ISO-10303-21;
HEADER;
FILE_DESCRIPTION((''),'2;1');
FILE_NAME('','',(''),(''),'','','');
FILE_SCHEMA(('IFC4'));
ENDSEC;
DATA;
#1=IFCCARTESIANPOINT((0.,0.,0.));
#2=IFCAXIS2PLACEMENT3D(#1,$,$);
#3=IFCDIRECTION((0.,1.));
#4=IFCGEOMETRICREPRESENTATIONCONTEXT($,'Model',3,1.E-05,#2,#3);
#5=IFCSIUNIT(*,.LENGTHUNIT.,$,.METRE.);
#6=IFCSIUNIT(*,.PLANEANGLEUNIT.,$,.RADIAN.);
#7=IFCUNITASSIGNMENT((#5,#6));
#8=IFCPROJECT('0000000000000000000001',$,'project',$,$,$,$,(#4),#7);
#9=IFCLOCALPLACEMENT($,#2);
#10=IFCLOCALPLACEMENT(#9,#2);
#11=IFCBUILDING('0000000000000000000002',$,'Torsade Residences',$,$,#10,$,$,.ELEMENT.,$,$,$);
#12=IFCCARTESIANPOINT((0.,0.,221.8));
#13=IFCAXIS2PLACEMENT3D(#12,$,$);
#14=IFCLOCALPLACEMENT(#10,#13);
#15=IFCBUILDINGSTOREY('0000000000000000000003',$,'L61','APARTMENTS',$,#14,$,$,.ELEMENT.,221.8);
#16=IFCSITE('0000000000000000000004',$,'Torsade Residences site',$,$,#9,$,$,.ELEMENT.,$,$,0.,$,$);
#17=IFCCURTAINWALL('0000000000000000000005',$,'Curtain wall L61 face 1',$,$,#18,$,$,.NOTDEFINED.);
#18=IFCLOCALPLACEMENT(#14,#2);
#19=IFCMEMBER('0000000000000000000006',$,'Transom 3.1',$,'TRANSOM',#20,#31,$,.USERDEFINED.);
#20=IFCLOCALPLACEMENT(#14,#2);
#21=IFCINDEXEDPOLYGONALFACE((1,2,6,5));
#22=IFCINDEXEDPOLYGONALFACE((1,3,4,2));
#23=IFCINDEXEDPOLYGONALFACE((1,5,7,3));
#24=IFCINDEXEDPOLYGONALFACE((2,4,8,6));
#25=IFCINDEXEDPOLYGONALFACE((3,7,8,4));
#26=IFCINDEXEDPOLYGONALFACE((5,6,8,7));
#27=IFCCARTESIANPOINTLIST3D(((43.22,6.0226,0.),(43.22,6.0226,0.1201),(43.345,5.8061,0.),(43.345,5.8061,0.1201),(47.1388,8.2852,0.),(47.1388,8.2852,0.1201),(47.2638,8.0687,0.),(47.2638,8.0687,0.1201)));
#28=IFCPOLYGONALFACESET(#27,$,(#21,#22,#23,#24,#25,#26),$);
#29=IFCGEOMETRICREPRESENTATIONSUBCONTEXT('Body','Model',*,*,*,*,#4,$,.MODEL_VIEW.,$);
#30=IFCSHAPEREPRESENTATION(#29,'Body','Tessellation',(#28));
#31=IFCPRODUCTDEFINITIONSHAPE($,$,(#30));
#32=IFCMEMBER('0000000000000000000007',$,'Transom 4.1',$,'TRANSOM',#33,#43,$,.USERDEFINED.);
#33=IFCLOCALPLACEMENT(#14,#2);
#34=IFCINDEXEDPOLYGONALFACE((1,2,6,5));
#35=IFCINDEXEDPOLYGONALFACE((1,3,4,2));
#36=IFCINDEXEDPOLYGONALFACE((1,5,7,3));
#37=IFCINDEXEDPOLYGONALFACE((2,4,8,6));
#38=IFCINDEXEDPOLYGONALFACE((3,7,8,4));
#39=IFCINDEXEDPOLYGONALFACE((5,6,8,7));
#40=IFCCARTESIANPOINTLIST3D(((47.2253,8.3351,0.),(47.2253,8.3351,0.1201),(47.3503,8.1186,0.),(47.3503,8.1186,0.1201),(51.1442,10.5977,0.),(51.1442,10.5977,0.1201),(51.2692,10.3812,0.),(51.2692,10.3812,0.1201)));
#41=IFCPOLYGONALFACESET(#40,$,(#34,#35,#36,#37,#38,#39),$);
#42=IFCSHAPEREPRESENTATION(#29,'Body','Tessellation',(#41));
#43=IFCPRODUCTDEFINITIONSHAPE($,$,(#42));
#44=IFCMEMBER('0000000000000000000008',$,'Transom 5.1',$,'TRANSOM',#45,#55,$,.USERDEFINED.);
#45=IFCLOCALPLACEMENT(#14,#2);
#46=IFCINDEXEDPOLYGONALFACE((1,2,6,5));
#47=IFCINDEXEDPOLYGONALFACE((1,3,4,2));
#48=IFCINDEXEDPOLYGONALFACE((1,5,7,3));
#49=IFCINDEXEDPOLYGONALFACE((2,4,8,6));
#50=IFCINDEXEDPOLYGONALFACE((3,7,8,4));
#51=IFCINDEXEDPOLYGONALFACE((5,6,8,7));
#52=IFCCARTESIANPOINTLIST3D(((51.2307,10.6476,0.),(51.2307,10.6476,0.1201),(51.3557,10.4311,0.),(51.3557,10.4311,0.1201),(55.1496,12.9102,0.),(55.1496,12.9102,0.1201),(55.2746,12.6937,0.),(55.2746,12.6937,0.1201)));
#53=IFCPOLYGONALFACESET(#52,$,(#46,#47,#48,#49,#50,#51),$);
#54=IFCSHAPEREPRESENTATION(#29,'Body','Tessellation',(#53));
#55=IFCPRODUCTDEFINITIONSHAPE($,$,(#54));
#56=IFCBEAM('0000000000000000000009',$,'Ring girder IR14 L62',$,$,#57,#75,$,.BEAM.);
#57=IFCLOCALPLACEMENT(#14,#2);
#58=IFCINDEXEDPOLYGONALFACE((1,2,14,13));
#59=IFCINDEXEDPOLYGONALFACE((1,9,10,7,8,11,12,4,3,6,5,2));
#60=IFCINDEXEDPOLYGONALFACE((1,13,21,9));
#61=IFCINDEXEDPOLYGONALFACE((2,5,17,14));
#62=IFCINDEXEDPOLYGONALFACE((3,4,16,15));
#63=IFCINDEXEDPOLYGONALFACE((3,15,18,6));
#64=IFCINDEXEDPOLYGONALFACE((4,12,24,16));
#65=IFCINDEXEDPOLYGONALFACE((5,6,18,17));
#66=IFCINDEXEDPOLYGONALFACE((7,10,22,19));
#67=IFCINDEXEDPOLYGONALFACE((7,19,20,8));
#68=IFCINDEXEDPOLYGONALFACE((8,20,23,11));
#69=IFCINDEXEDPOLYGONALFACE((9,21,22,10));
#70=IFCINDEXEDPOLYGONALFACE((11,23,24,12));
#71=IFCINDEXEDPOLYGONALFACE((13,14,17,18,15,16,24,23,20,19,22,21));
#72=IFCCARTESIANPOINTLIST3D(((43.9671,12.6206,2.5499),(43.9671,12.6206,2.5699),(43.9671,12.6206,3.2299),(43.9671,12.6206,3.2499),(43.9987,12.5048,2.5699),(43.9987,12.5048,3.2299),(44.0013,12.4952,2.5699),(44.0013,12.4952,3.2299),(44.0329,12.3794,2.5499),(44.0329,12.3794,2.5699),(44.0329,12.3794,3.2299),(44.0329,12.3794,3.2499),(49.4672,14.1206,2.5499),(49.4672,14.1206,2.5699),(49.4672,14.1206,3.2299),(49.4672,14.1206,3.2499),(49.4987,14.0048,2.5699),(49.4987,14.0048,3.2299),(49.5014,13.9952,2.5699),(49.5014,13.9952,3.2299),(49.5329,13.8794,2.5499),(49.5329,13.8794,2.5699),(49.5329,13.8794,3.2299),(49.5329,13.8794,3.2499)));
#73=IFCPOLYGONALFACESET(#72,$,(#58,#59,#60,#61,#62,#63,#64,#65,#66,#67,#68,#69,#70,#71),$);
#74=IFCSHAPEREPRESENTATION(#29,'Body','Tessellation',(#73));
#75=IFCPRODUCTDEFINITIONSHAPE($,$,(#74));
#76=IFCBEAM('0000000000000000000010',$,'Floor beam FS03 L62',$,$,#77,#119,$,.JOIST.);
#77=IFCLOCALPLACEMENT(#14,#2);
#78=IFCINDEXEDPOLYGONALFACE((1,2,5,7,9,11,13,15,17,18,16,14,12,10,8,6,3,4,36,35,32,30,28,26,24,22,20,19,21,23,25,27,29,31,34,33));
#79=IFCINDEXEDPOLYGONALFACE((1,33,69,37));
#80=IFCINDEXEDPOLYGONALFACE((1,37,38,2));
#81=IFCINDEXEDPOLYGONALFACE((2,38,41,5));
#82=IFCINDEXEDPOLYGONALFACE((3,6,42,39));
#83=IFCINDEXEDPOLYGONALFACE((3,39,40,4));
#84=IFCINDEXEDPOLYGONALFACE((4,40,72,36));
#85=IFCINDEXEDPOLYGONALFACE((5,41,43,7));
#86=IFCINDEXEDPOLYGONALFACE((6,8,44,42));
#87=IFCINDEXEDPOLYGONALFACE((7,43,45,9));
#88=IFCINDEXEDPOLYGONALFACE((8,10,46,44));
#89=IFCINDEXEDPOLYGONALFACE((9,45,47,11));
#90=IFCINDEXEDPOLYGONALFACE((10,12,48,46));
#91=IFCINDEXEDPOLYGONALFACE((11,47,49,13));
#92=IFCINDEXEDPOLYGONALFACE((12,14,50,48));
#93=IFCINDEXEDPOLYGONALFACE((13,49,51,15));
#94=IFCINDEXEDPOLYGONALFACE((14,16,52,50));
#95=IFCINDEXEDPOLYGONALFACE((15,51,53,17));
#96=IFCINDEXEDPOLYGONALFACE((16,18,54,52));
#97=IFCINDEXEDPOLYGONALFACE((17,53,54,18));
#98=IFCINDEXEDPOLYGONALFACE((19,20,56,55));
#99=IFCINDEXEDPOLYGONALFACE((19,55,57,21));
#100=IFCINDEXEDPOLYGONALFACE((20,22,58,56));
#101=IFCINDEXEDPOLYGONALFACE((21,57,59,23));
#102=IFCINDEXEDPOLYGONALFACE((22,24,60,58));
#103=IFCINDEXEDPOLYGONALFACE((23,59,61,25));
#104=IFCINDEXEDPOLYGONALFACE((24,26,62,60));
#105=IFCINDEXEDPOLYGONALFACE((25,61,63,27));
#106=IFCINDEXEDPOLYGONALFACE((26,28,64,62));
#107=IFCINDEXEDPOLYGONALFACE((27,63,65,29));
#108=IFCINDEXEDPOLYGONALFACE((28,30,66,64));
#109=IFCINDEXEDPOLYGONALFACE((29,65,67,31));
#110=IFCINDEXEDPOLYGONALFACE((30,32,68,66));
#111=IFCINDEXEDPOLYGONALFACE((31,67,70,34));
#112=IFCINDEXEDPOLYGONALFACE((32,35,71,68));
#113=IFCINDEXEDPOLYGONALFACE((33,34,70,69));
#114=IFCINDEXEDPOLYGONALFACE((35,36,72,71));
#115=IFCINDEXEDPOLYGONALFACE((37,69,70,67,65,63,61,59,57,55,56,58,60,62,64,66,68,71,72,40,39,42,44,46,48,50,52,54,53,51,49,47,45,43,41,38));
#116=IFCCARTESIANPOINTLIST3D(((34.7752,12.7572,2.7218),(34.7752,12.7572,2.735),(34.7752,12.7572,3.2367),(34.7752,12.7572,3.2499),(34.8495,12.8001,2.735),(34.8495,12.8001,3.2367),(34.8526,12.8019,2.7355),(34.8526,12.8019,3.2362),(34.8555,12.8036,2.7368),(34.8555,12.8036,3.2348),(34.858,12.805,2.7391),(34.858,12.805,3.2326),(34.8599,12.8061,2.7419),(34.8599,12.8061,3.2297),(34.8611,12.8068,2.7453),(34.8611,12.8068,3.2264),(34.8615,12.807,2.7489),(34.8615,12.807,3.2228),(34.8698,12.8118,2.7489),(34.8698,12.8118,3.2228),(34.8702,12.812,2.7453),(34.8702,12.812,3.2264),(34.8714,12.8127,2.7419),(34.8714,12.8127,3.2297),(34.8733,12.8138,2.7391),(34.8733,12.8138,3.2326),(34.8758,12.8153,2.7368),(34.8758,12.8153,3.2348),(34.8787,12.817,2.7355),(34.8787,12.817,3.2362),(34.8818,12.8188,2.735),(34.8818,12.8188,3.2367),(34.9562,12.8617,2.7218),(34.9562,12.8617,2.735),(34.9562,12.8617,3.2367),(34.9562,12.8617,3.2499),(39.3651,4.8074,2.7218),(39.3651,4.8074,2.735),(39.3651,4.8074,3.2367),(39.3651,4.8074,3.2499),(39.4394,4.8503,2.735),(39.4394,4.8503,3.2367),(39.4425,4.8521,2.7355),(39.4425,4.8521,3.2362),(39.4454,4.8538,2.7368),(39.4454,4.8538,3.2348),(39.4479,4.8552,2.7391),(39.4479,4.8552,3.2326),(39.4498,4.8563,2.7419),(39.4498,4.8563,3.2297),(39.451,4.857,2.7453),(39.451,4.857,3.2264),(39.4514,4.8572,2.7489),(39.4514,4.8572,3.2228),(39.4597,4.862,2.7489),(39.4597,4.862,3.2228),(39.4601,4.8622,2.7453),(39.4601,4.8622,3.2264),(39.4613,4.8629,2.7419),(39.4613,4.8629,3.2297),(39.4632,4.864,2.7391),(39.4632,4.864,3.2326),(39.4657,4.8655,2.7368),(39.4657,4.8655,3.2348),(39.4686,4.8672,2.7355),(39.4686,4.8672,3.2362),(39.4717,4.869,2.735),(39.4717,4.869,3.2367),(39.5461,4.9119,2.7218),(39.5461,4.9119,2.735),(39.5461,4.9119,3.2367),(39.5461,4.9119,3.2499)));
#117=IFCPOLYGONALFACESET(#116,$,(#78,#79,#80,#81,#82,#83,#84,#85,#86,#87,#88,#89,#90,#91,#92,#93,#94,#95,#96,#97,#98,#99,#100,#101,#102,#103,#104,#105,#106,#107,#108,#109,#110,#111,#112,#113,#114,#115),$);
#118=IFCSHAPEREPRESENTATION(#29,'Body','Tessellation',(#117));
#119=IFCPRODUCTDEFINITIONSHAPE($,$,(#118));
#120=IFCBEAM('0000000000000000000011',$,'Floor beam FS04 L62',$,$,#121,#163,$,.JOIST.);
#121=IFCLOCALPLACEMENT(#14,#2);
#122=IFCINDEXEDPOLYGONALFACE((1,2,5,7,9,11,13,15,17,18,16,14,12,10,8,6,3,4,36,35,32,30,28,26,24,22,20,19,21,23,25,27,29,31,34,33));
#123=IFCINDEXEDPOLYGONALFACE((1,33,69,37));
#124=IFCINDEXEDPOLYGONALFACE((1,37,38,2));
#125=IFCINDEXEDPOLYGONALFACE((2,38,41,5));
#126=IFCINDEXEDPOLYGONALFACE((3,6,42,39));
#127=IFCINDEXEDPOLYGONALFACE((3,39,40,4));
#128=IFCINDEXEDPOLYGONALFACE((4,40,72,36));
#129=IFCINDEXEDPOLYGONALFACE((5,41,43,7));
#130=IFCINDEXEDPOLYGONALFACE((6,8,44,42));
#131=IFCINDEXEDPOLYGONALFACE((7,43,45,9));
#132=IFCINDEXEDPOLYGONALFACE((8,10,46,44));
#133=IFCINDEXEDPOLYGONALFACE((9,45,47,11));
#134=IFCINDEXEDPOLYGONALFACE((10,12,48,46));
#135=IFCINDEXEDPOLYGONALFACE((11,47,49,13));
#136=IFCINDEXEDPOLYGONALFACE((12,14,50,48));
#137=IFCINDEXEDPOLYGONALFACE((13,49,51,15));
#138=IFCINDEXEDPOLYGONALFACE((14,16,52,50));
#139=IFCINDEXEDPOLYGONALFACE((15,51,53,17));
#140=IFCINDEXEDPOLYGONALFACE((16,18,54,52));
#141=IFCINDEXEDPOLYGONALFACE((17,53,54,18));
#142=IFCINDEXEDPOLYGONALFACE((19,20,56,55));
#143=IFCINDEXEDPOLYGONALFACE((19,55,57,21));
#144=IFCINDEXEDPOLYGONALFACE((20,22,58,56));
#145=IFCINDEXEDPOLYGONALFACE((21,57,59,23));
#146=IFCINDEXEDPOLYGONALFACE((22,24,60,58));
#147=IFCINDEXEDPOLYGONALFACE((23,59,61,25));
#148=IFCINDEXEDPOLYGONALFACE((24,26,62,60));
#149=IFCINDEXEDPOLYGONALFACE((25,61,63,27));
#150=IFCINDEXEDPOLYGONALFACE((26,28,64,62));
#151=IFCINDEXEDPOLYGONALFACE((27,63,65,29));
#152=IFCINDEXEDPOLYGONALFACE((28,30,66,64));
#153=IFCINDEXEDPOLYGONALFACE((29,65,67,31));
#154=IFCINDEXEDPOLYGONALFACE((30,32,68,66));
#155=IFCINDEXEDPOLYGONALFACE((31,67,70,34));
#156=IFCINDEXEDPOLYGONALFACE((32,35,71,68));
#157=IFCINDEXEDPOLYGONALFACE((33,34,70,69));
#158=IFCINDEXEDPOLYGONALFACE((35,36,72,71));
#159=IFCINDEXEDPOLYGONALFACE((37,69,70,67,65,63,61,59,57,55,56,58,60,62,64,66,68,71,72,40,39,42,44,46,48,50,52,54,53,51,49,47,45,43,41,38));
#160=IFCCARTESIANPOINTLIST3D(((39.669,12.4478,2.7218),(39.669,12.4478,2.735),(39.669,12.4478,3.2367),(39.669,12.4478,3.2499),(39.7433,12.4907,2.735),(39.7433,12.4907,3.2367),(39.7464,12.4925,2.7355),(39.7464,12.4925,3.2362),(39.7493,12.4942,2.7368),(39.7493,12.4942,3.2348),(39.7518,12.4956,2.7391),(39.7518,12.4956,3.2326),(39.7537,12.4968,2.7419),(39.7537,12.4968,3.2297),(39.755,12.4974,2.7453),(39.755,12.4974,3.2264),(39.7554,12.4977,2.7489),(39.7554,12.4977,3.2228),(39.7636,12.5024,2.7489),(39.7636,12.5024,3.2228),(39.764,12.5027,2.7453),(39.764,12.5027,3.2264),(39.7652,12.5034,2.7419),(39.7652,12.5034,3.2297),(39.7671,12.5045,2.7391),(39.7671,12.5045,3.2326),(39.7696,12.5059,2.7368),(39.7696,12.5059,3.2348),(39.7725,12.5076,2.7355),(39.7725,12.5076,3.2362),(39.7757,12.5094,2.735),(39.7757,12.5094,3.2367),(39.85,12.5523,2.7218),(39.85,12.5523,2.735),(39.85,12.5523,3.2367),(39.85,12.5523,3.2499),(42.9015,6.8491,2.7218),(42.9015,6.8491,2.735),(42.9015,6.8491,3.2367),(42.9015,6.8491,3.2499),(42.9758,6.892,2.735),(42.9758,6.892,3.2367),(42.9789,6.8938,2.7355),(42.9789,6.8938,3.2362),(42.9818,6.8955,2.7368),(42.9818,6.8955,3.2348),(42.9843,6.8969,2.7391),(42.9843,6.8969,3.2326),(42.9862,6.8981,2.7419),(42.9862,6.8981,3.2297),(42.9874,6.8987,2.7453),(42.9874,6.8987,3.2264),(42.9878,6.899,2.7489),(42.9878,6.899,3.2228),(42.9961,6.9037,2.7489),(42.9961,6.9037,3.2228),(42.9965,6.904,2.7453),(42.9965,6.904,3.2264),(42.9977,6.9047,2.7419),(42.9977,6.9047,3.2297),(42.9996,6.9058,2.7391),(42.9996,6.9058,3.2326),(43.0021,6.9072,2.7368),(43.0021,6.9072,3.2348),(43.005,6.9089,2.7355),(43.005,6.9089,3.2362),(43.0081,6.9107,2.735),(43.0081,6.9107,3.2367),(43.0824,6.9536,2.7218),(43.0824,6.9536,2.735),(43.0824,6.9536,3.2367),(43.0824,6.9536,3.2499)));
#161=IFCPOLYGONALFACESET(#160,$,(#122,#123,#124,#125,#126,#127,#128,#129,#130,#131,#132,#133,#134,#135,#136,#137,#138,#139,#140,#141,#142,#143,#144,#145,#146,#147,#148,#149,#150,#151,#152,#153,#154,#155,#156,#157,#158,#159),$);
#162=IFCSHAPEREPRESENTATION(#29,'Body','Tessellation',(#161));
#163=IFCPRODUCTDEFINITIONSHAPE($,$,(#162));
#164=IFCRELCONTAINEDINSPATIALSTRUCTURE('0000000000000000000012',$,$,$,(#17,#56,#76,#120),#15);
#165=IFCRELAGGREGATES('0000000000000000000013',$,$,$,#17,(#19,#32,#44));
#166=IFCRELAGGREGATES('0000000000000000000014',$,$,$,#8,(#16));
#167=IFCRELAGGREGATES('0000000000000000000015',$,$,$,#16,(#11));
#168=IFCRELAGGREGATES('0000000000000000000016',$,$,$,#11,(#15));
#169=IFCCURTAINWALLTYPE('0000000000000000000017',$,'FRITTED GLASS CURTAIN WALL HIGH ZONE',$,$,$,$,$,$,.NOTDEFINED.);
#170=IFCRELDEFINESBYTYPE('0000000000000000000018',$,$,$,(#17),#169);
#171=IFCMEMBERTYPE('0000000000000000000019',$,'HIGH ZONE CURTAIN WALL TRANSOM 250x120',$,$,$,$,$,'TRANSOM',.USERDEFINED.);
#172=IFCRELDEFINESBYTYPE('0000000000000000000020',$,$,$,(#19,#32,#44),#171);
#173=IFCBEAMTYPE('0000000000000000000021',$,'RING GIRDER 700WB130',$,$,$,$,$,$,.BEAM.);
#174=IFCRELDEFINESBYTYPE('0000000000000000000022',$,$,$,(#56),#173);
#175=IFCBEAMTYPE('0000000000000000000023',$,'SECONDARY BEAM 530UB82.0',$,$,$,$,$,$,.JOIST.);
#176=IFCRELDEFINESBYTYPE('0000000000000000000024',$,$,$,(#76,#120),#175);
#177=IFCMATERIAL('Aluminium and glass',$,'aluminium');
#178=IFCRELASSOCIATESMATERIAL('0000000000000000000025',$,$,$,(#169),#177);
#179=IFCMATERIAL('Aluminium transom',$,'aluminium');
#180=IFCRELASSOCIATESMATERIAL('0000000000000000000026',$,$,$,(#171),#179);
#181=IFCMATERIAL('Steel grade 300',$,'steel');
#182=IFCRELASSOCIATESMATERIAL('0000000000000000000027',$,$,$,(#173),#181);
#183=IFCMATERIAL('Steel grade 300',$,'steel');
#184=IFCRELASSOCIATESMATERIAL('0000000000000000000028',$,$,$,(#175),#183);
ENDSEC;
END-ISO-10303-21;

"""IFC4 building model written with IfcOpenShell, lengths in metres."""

from ifc_helpers import new_model, si_unit, direction, frame, origin, origin_2d, place, context, subcontext, project, spatial, rectangle, i_section, extrude, material, material_profile, profile_set, type_object, element, aggregate, save


model = new_model("IFC4")

# Units and contexts
model_context = context("Model", 3, precision=1e-05, world=origin(), true_north=direction((0.0, 1.0)))
body_context = subcontext(model_context, "Body", "Model", "MODEL_VIEW")
ifc_project = project(units=[si_unit("LENGTHUNIT", "METRE"), si_unit("PLANEANGLEUNIT", "RADIAN")], contexts=[model_context])

# Site, building, storey
site_placement = place(None, origin())
site = spatial("IfcSite", under=ifc_project, at=site_placement, Name="Torsade Residences site", CompositionType="ELEMENT", RefElevation=0.0)
building_placement = place(site_placement, origin())
building = spatial("IfcBuilding", under=site, at=building_placement, Name="Torsade Residences", CompositionType="ELEMENT")
storey_placement = place(building_placement, frame((0.0, 0.0, 221.8)))
storey = spatial("IfcBuildingStorey", under=building, at=storey_placement, Name="L61", Description="APARTMENTS", CompositionType="ELEMENT", Elevation=221.8)

# Curtain wall, members
ifc_material_1 = material(Name="Aluminium and glass", Category="aluminium")
curtain_wall_type = type_object("IfcCurtainWallType", Name="FRITTED GLASS CURTAIN WALL HIGH ZONE", PredefinedType="NOTDEFINED", material=ifc_material_1)
curtain_wall_placement = place(storey_placement, origin())
curtain_wall = element("IfcCurtainWall", 1, at=curtain_wall_placement, inside=storey, type_object=curtain_wall_type, Name="Curtain wall L61 face 1", PredefinedType="NOTDEFINED")
ifc_material_2 = material(Name="Aluminium transom", Category="aluminium")
ifc_material_profile_1 = material_profile(ifc_material_2, rectangle(XDim=0.25, YDim=0.1201, at=origin_2d()), Name="HIGH ZONE CURTAIN WALL TRANSOM 250x120")
ifc_profile_set_1 = profile_set([ifc_material_profile_1], Name="Aluminium transom")
member_type_1 = type_object("IfcMemberType", Name="HIGH ZONE CURTAIN WALL TRANSOM 250x120", ElementType="TRANSOM", PredefinedType="USERDEFINED", material=ifc_profile_set_1)
member_1_placement = place(storey_placement, frame((43.2825, 5.9143, 0.0601), z_axis=(0.866017, 0.500015, 0.0), x_axis=(-0.500015, 0.866017, 0.0)))
member_1 = element("IfcMember", 2, at=member_1_placement, type_object=member_type_1, Name="Transom 3.1", ObjectType="TRANSOM", PredefinedType="USERDEFINED", context=body_context, shape_type="SweptSolid", body=[
    extrude(rectangle(XDim=0.25, YDim=0.1201, at=origin_2d()), origin(), (0.0, 0.0, 1.0), 4.5251),
])
member_2_placement = place(storey_placement, frame((47.2878, 8.2268, 0.0601), z_axis=(0.866017, 0.500015, 0.0), x_axis=(-0.500015, 0.866017, 0.0)))
member_2 = element("IfcMember", 3, at=member_2_placement, type_object=member_type_1, Name="Transom 4.1", ObjectType="TRANSOM", PredefinedType="USERDEFINED", context=body_context, shape_type="SweptSolid", body=[
    extrude(rectangle(XDim=0.25, YDim=0.1201, at=origin_2d()), origin(), (0.0, 0.0, 1.0), 4.5251),
])
member_3_placement = place(storey_placement, frame((51.2932, 10.5393, 0.0601), z_axis=(0.866017, 0.500015, 0.0), x_axis=(-0.500015, 0.866017, 0.0)))
member_3 = element("IfcMember", 4, at=member_3_placement, type_object=member_type_1, Name="Transom 5.1", ObjectType="TRANSOM", PredefinedType="USERDEFINED", context=body_context, shape_type="SweptSolid", body=[
    extrude(rectangle(XDim=0.25, YDim=0.1201, at=origin_2d()), origin(), (0.0, 0.0, 1.0), 4.5251),
])

# Beams
ifc_material_3 = material(Name="Steel grade 300", Category="steel")
ifc_material_profile_2 = material_profile(ifc_material_3, i_section(OverallWidth=0.25, OverallDepth=0.7, WebThickness=0.01, FlangeThickness=0.02, at=origin_2d()), Name="700WB130")
ifc_profile_set_2 = profile_set([ifc_material_profile_2], Name="Steel grade 300")
beam_type_1 = type_object("IfcBeamType", Name="RING GIRDER 700WB130", PredefinedType="BEAM", material=ifc_profile_set_2)
beam_1_placement = place(storey_placement, frame((44.0, 12.5, 2.8999), z_axis=(0.964764, 0.263117, 0.0), x_axis=(-0.263117, 0.964764, 0.0)))
element("IfcBeam", 5, at=beam_1_placement, inside=storey, type_object=beam_type_1, Name="Ring girder IR14 L62", PredefinedType="BEAM", context=body_context, shape_type="SweptSolid", body=[
    extrude(i_section(OverallWidth=0.25, OverallDepth=0.7, WebThickness=0.01, FlangeThickness=0.02, at=origin_2d()), origin(), (0.0, 0.0, 1.0), 5.7009),
])
ifc_material_4 = material(Name="Steel grade 300", Category="steel")
ifc_material_profile_3 = material_profile(ifc_material_4, i_section(OverallWidth=0.209, OverallDepth=0.5281, WebThickness=0.0095, FlangeThickness=0.0132, FilletRadius=0.0139, at=origin_2d()), Name="530UB82.0")
ifc_profile_set_3 = profile_set([ifc_material_profile_3], Name="Steel grade 300")
beam_type_2 = type_object("IfcBeamType", Name="SECONDARY BEAM 530UB82.0", PredefinedType="JOIST", material=ifc_profile_set_3)
beam_2_placement = place(storey_placement, frame((39.4556, 4.8596, 2.9858), z_axis=(-0.500006, 0.866022, 0.0), x_axis=(-0.866022, -0.500006, 0.0)))
element("IfcBeam", 6, at=beam_2_placement, inside=storey, type_object=beam_type_2, Name="Floor beam FS03 L62", PredefinedType="JOIST", context=body_context, shape_type="SweptSolid", body=[
    extrude(i_section(OverallWidth=0.209, OverallDepth=0.5281, WebThickness=0.0095, FlangeThickness=0.0132, FilletRadius=0.0139, at=origin_2d()), origin(), (0.0, 0.0, 1.0), 9.1797),
])
beam_3_placement = place(storey_placement, frame((42.9919, 6.9014, 2.9858), z_axis=(-0.500006, 0.866022, 0.0), x_axis=(-0.866022, -0.500006, 0.0)))
element("IfcBeam", 7, at=beam_3_placement, inside=storey, type_object=beam_type_2, Name="Floor beam FS04 L62", PredefinedType="JOIST", context=body_context, shape_type="SweptSolid", body=[
    extrude(i_section(OverallWidth=0.209, OverallDepth=0.5281, WebThickness=0.0095, FlangeThickness=0.0132, FilletRadius=0.0139, at=origin_2d()), origin(), (0.0, 0.0, 1.0), 6.4648),
])

aggregate(curtain_wall, [member_1, member_2, member_3])

save(model, "model.ifc")
